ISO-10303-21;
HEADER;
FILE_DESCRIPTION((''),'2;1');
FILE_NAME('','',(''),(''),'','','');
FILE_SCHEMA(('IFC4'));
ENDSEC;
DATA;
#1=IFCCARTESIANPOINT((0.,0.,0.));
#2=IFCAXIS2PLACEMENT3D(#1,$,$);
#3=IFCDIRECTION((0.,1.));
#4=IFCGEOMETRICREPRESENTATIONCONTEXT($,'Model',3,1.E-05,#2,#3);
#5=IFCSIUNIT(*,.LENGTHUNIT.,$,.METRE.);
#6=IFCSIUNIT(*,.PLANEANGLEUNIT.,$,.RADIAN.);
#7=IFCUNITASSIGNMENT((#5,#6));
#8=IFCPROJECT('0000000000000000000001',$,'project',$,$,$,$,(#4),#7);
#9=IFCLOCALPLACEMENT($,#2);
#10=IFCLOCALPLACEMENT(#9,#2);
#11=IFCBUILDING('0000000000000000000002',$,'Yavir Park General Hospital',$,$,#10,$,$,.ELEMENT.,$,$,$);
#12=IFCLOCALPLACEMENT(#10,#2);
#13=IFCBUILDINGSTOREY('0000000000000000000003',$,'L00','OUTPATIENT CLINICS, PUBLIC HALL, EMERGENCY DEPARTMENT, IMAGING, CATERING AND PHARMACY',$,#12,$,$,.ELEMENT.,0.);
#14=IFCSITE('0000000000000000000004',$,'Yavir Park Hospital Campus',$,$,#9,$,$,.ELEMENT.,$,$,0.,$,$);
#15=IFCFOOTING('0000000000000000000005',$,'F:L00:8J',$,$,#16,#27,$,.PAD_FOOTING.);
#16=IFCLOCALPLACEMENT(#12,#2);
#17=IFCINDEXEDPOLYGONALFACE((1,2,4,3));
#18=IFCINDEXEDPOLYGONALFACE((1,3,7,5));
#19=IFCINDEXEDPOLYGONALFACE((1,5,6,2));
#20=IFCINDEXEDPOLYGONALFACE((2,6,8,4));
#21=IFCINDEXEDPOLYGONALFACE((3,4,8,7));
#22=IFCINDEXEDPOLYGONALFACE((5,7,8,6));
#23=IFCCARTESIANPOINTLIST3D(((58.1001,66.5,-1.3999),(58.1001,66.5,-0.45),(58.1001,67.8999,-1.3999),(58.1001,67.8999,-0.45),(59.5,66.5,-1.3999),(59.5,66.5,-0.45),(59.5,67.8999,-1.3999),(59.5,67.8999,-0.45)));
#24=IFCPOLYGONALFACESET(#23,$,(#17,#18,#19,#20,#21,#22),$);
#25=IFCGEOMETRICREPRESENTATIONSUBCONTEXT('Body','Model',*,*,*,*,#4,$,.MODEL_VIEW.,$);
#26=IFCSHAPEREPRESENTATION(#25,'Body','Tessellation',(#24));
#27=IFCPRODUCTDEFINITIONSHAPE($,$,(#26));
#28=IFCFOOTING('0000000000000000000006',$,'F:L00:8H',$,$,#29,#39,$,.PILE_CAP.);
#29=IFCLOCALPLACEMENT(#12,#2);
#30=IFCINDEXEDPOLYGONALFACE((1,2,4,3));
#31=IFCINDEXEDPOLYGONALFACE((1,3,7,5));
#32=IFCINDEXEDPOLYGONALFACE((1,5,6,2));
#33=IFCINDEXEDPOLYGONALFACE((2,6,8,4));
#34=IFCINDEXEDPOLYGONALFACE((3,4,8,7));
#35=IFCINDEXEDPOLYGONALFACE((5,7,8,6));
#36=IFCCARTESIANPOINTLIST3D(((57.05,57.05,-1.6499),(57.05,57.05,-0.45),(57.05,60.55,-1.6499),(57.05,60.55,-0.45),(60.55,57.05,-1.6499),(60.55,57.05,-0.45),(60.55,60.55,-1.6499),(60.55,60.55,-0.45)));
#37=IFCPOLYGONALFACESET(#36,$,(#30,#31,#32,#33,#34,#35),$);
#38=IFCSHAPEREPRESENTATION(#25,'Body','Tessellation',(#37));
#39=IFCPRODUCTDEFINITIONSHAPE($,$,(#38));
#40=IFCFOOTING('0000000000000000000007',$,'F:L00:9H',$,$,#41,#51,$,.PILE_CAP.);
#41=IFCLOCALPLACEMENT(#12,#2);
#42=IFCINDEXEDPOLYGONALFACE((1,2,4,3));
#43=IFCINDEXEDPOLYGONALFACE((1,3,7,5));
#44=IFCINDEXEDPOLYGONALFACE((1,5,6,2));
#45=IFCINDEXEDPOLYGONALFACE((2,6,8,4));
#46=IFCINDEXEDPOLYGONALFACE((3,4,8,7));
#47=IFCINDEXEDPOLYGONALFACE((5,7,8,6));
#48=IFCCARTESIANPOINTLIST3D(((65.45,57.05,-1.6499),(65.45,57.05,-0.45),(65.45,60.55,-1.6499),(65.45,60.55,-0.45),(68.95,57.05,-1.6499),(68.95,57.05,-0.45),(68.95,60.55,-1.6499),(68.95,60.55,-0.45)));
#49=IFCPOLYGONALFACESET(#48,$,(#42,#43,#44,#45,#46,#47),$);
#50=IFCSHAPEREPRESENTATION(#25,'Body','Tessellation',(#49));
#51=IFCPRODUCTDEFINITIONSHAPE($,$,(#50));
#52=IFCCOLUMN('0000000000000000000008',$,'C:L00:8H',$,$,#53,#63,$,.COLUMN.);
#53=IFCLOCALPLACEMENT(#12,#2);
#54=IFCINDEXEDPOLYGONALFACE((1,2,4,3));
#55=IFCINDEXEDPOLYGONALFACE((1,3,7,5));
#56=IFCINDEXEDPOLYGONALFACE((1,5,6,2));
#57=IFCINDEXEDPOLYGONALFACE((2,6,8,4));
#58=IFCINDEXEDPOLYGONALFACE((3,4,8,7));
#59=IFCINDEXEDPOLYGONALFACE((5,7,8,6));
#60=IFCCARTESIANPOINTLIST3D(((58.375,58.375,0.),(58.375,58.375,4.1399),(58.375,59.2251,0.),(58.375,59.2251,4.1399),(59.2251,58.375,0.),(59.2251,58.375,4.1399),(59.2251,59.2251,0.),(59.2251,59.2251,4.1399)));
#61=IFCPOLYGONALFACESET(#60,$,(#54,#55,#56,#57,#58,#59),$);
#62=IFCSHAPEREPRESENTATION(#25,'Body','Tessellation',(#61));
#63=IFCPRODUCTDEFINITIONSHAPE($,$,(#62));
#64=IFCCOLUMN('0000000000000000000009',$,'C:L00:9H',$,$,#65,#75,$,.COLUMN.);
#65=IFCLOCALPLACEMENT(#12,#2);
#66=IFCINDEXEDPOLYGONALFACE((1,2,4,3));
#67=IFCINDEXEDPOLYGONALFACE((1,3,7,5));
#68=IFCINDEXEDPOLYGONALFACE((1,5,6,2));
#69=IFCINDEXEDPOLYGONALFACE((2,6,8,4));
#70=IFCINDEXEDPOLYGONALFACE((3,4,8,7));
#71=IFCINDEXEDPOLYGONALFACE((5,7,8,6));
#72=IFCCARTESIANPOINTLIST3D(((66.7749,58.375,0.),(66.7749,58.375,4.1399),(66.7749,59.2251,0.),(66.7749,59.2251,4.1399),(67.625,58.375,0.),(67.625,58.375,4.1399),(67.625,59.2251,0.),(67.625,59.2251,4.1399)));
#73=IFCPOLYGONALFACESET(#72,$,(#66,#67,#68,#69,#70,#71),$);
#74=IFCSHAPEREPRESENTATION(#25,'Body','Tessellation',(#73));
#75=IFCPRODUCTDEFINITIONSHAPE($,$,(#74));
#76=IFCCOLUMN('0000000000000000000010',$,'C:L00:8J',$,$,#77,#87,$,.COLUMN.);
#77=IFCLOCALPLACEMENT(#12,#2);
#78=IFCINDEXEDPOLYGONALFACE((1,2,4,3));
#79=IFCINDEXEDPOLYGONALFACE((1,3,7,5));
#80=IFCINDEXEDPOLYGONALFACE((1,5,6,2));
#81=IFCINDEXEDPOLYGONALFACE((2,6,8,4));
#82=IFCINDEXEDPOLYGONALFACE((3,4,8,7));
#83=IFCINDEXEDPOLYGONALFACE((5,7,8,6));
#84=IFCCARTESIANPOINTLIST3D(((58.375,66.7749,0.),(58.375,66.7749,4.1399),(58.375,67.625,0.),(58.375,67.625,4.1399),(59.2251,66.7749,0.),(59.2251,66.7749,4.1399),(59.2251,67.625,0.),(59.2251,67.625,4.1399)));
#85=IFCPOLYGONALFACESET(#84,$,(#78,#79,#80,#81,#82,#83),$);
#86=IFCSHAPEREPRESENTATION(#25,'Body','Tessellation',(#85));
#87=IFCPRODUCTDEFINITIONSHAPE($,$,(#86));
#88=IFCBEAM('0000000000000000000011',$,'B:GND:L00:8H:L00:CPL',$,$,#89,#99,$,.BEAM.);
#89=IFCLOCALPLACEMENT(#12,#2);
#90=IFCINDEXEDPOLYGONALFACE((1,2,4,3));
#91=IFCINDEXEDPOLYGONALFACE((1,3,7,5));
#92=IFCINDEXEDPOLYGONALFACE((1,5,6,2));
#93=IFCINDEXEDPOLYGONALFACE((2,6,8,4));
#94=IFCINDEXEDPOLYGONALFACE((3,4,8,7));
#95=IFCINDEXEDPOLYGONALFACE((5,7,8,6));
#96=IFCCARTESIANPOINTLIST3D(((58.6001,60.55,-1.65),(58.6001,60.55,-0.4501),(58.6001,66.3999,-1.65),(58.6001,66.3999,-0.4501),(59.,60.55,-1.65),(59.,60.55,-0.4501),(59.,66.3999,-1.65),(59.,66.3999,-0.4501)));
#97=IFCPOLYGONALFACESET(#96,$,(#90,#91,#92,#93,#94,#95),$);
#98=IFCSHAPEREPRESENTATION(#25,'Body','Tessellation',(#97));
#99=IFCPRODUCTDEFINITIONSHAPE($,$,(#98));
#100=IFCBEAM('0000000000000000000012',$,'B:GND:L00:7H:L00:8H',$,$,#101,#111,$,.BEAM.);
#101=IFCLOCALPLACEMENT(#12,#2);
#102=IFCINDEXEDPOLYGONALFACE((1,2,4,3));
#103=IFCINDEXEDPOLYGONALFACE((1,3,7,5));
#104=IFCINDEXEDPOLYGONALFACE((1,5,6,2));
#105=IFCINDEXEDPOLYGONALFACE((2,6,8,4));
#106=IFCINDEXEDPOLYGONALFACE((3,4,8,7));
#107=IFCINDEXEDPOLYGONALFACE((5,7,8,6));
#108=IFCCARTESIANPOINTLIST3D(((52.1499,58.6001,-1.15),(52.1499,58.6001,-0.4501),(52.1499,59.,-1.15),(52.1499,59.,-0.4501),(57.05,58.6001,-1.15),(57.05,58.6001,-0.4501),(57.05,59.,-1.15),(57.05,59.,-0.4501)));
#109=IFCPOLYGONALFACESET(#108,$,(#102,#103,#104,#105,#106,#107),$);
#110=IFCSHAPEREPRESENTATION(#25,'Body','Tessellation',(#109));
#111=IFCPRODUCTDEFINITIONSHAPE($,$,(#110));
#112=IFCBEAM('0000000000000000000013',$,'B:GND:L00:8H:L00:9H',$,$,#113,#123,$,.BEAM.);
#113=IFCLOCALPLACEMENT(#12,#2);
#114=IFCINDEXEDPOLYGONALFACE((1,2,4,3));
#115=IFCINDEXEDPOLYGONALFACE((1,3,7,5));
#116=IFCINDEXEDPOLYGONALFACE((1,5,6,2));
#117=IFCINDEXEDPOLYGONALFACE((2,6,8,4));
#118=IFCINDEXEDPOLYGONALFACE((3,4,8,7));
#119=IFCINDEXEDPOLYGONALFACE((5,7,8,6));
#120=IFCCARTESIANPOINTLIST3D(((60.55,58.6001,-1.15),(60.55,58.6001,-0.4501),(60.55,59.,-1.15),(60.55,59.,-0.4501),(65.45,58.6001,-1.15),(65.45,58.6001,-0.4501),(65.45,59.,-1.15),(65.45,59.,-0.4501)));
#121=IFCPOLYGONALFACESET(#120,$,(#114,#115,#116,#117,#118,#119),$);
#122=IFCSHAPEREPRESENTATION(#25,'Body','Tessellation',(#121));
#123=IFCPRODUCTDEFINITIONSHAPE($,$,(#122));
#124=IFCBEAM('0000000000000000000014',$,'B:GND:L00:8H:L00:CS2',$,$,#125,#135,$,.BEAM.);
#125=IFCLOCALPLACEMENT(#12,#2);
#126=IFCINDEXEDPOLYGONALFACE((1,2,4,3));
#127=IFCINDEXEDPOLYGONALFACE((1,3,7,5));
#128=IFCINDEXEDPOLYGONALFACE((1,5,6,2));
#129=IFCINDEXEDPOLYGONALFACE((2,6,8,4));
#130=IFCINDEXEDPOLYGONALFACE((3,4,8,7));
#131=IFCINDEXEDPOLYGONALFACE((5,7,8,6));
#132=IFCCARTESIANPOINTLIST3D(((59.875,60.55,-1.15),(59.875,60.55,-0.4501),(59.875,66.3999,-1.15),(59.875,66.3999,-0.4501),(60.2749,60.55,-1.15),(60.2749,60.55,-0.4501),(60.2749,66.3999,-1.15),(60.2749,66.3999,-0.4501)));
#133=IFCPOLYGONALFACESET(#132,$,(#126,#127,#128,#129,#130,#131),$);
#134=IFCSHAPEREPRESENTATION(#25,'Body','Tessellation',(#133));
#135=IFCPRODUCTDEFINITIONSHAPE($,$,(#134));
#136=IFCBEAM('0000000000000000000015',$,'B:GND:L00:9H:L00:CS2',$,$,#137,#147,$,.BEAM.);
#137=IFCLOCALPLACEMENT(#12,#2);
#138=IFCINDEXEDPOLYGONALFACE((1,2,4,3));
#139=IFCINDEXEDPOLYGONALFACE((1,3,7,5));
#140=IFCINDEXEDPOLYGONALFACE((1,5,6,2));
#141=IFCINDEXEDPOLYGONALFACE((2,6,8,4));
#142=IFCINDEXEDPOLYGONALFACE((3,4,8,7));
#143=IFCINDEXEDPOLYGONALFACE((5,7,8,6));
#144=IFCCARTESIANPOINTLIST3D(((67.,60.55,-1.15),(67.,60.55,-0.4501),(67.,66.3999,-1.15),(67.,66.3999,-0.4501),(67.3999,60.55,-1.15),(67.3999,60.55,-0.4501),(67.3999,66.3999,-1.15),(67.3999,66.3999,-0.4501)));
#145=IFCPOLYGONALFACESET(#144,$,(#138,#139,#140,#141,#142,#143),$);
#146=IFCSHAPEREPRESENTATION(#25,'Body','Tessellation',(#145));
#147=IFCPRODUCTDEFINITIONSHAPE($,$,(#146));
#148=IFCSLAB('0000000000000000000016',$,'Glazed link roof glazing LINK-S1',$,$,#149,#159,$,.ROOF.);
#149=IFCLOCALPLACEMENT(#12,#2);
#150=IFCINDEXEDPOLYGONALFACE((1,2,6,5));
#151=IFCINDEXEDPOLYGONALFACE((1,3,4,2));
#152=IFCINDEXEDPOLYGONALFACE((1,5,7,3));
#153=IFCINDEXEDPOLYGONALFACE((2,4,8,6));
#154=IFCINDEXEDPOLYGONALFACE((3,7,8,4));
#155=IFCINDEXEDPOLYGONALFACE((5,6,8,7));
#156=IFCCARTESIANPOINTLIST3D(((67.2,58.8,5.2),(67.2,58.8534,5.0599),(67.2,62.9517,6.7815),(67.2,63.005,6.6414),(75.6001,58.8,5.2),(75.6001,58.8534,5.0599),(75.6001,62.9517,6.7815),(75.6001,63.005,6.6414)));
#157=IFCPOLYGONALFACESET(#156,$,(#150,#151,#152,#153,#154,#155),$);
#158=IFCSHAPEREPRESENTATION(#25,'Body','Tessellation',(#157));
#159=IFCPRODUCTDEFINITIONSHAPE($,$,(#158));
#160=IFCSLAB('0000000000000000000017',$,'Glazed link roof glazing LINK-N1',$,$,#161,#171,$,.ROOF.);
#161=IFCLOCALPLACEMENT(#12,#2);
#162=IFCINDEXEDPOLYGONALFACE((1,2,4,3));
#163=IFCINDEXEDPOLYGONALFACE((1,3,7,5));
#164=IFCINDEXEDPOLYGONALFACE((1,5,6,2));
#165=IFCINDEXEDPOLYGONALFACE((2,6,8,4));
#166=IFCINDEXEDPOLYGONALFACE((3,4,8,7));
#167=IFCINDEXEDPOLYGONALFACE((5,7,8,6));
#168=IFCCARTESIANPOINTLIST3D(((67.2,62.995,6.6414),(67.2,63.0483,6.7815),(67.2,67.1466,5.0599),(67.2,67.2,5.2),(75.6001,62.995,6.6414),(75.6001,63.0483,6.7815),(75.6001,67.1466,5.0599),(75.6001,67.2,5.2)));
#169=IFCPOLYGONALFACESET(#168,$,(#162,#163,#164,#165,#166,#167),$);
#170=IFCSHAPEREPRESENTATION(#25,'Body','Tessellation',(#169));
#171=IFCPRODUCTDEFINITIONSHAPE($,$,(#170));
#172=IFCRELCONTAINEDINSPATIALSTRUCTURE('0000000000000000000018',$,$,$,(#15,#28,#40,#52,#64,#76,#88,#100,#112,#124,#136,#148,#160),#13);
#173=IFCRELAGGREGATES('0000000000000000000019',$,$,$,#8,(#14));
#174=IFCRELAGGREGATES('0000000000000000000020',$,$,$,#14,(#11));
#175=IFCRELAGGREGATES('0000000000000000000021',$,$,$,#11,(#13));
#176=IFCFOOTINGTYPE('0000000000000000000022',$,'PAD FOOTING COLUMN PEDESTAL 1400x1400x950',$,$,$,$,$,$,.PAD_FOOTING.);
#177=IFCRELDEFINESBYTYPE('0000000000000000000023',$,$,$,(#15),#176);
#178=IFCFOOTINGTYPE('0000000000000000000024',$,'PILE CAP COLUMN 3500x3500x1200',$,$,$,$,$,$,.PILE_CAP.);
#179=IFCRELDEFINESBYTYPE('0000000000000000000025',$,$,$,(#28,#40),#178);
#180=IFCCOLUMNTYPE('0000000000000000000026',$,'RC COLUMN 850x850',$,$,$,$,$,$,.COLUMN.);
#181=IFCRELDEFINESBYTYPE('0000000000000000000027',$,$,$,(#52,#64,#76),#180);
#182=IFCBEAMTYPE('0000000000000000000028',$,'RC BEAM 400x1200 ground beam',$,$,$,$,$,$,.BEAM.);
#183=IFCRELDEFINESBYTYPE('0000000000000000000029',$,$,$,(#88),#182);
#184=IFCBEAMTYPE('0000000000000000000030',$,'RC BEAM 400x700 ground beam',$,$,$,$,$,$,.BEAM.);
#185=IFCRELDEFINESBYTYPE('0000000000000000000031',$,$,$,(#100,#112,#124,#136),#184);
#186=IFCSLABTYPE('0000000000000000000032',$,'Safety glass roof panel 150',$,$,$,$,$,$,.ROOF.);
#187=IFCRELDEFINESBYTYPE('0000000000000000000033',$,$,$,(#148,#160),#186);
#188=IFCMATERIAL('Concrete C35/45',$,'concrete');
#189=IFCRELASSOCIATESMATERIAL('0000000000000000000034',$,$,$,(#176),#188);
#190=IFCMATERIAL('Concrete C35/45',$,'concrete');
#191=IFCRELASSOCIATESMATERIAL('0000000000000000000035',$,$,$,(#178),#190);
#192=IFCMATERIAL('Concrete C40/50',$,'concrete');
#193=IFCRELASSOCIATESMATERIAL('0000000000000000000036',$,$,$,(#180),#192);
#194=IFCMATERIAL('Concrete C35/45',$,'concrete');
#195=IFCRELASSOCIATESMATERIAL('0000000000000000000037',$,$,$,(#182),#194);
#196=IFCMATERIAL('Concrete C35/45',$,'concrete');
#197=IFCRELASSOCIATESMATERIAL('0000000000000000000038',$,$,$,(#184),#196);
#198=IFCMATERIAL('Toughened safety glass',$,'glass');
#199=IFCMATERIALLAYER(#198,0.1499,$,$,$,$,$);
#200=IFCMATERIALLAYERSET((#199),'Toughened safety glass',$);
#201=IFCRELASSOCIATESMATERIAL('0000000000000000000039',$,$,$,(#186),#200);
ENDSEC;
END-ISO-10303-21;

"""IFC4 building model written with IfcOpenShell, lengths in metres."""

from ifc_helpers import new_model, si_unit, direction, frame, origin, origin_2d, place, context, subcontext, project, spatial, polyline, rectangle, outline, extrude, material, layer, layer_set, material_profile, profile_set, type_object, element, save


model = new_model("IFC4")

# Units and contexts
model_context = context("Model", 3, precision=1e-05, world=origin(), true_north=direction((0.0, 1.0)))
body_context = subcontext(model_context, "Body", "Model", "MODEL_VIEW")
ifc_project = project(units=[si_unit("LENGTHUNIT", "METRE"), si_unit("PLANEANGLEUNIT", "RADIAN")], contexts=[model_context])

# Site, building, storey
site_placement = place(None, origin())
site = spatial("IfcSite", under=ifc_project, at=site_placement, Name="Yavir Park Hospital Campus", CompositionType="ELEMENT", RefElevation=0.0)
building_placement = place(site_placement, origin())
building = spatial("IfcBuilding", under=site, at=building_placement, Name="Yavir Park General Hospital", CompositionType="ELEMENT")
storey_placement = place(building_placement, origin())
storey = spatial("IfcBuildingStorey", under=building, at=storey_placement, Name="L00", Description="OUTPATIENT CLINICS, PUBLIC HALL, EMERGENCY DEPARTMENT, IMAGING, CATERING AND PHARMACY", CompositionType="ELEMENT", Elevation=0.0)

# Footings
ifc_material_1 = material(Name="Concrete C35/45", Category="concrete")
footing_type_1 = type_object("IfcFootingType", Name="PAD FOOTING COLUMN PEDESTAL 1400x1400x950", PredefinedType="PAD_FOOTING", material=ifc_material_1)
footing_placement = place(storey_placement, frame((58.8, 67.2, -1.3999), z_axis=(0.0, 0.0, 1.0), x_axis=(1.0, 0.0, 0.0)))
element("IfcFooting", 1, at=footing_placement, inside=storey, type_object=footing_type_1, Name="F:L00:8J", PredefinedType="PAD_FOOTING", context=body_context, shape_type="SweptSolid", body=[
    extrude(rectangle(XDim=1.3999, YDim=1.3999, at=origin_2d()), origin(), (0.0, 0.0, 1.0), 0.95),
])
ifc_material_2 = material(Name="Concrete C35/45", Category="concrete")
footing_type_2 = type_object("IfcFootingType", Name="PILE CAP COLUMN 3500x3500x1200", PredefinedType="PILE_CAP", material=ifc_material_2)
for number, where, z_axis, x_axis, name in (
    (2, (58.8, 58.8, -1.6499), (0.0, 0.0, 1.0), (1.0, 0.0, 0.0), "F:L00:8H"),
    (3, (67.2, 58.8, -1.6499), (0.0, 0.0, 1.0), (1.0, 0.0, 0.0), "F:L00:9H"),
):
    element("IfcFooting", number, at=place(storey_placement, frame(where, z_axis=z_axis, x_axis=x_axis)), inside=storey, type_object=footing_type_2, Name=name, PredefinedType="PILE_CAP", context=body_context, shape_type="SweptSolid", body=[
        extrude(rectangle(XDim=3.5, YDim=3.5, at=origin_2d()), origin(), (0.0, 0.0, 1.0), 1.2),
    ])

# Columns
ifc_material_3 = material(Name="Concrete C40/50", Category="concrete")
ifc_material_profile_1 = material_profile(ifc_material_3, rectangle(XDim=0.8501, YDim=0.8501, at=origin_2d()), Name="RC850x850")
ifc_profile_set_1 = profile_set([ifc_material_profile_1], Name="Concrete C40/50")
column_type = type_object("IfcColumnType", Name="RC COLUMN 850x850", PredefinedType="COLUMN", material=ifc_profile_set_1)
for number, where, z_axis, x_axis, name in (
    (4, (58.8, 58.8, 0.0), (0.0, 0.0, 1.0), (1.0, 0.0, 0.0), "C:L00:8H"),
    (5, (67.2, 58.8, 0.0), (0.0, 0.0, 1.0), (1.0, 0.0, 0.0), "C:L00:9H"),
    (6, (58.8, 67.2, 0.0), (0.0, 0.0, 1.0), (1.0, 0.0, 0.0), "C:L00:8J"),
):
    element("IfcColumn", number, at=place(storey_placement, frame(where, z_axis=z_axis, x_axis=x_axis)), inside=storey, type_object=column_type, Name=name, PredefinedType="COLUMN", context=body_context, shape_type="SweptSolid", body=[
        extrude(rectangle(XDim=0.8501, YDim=0.8501, at=origin_2d()), origin(), (0.0, 0.0, 1.0), 4.1399),
    ])

# Beams
ifc_material_4 = material(Name="Concrete C35/45", Category="concrete")
ifc_material_profile_2 = material_profile(ifc_material_4, rectangle(XDim=0.3999, YDim=1.2, at=origin_2d()), Name="RC400x1200")
ifc_profile_set_2 = profile_set([ifc_material_profile_2], Name="Concrete C35/45")
beam_type_1 = type_object("IfcBeamType", Name="RC BEAM 400x1200 ground beam", PredefinedType="BEAM", material=ifc_profile_set_2)
beam_1_placement = place(storey_placement, frame((58.8, 60.55, -1.05), z_axis=(0.0, 1.0, 0.0), x_axis=(-1.0, 0.0, 0.0)))
element("IfcBeam", 7, at=beam_1_placement, inside=storey, type_object=beam_type_1, Name="B:GND:L00:8H:L00:CPL", PredefinedType="BEAM", context=body_context, shape_type="SweptSolid", body=[
    extrude(rectangle(XDim=0.3999, YDim=1.2, at=origin_2d()), origin(), (0.0, 0.0, 1.0), 5.8499),
])
ifc_material_5 = material(Name="Concrete C35/45", Category="concrete")
ifc_material_profile_3 = material_profile(ifc_material_5, rectangle(XDim=0.3999, YDim=0.7, at=origin_2d()), Name="RC400x700")
ifc_profile_set_3 = profile_set([ifc_material_profile_3], Name="Concrete C35/45")
beam_type_2 = type_object("IfcBeamType", Name="RC BEAM 400x700 ground beam", PredefinedType="BEAM", material=ifc_profile_set_3)
beam_2_placement = place(storey_placement, frame((52.1499, 58.8, -0.8), z_axis=(1.0, 0.0, 0.0), x_axis=(0.0, 1.0, 0.0)))
element("IfcBeam", 8, at=beam_2_placement, inside=storey, type_object=beam_type_2, Name="B:GND:L00:7H:L00:8H", PredefinedType="BEAM", context=body_context, shape_type="SweptSolid", body=[
    extrude(rectangle(XDim=0.3999, YDim=0.7, at=origin_2d()), origin(), (0.0, 0.0, 1.0), 4.9001),
])
beam_3_placement = place(storey_placement, frame((60.55, 58.8, -0.8), z_axis=(1.0, 0.0, 0.0), x_axis=(0.0, 1.0, 0.0)))
element("IfcBeam", 9, at=beam_3_placement, inside=storey, type_object=beam_type_2, Name="B:GND:L00:8H:L00:9H", PredefinedType="BEAM", context=body_context, shape_type="SweptSolid", body=[
    extrude(rectangle(XDim=0.3999, YDim=0.7, at=origin_2d()), origin(), (0.0, 0.0, 1.0), 4.8999),
])
for number, where, z_axis, x_axis, name in (
    (10, (60.075, 60.55, -0.8), (0.0, 1.0, 0.0), (-1.0, 0.0, 0.0), "B:GND:L00:8H:L00:CS2"),
    (11, (67.2, 60.55, -0.8), (0.0, 1.0, 0.0), (-1.0, 0.0, 0.0), "B:GND:L00:9H:L00:CS2"),
):
    element("IfcBeam", number, at=place(storey_placement, frame(where, z_axis=z_axis, x_axis=x_axis)), inside=storey, type_object=beam_type_2, Name=name, PredefinedType="BEAM", context=body_context, shape_type="SweptSolid", body=[
        extrude(rectangle(XDim=0.3999, YDim=0.7, at=origin_2d()), origin(), (0.0, 0.0, 1.0), 5.8499),
    ])

# Slabs
ifc_material_6 = material(Name="Toughened safety glass", Category="glass")
ifc_layer_1 = layer(ifc_material_6, 0.1499)
ifc_layer_set_1 = layer_set([ifc_layer_1], Name="Toughened safety glass")
slab_type = type_object("IfcSlabType", Name="Safety glass roof panel 150", PredefinedType="ROOF", material=ifc_layer_set_1)
for number, where, z_axis, x_axis, name in (
    (12, (67.2, 58.8, 5.2), (0.0, -0.355991, 0.934489), (1.0, 0.0, 0.0), "Glazed link roof glazing LINK-S1"),
    (13, (67.2, 63.0483, 6.7815), (0.0, 0.355991, 0.934489), (1.0, 0.0, 0.0), "Glazed link roof glazing LINK-N1"),
):
    element("IfcSlab", number, at=place(storey_placement, frame(where, z_axis=z_axis, x_axis=x_axis)), inside=storey, type_object=slab_type, Name=name, PredefinedType="ROOF", context=body_context, shape_type="SweptSolid", body=[
        extrude(outline(polyline([(0.0, 0.0), (8.4001, 0.0), (8.4001, 4.4427), (0.0, 4.4427), (0.0, 0.0)])), origin(), (0.0, 0.0, -1.0), 0.1499),
    ])

save(model, "model.ifc")
